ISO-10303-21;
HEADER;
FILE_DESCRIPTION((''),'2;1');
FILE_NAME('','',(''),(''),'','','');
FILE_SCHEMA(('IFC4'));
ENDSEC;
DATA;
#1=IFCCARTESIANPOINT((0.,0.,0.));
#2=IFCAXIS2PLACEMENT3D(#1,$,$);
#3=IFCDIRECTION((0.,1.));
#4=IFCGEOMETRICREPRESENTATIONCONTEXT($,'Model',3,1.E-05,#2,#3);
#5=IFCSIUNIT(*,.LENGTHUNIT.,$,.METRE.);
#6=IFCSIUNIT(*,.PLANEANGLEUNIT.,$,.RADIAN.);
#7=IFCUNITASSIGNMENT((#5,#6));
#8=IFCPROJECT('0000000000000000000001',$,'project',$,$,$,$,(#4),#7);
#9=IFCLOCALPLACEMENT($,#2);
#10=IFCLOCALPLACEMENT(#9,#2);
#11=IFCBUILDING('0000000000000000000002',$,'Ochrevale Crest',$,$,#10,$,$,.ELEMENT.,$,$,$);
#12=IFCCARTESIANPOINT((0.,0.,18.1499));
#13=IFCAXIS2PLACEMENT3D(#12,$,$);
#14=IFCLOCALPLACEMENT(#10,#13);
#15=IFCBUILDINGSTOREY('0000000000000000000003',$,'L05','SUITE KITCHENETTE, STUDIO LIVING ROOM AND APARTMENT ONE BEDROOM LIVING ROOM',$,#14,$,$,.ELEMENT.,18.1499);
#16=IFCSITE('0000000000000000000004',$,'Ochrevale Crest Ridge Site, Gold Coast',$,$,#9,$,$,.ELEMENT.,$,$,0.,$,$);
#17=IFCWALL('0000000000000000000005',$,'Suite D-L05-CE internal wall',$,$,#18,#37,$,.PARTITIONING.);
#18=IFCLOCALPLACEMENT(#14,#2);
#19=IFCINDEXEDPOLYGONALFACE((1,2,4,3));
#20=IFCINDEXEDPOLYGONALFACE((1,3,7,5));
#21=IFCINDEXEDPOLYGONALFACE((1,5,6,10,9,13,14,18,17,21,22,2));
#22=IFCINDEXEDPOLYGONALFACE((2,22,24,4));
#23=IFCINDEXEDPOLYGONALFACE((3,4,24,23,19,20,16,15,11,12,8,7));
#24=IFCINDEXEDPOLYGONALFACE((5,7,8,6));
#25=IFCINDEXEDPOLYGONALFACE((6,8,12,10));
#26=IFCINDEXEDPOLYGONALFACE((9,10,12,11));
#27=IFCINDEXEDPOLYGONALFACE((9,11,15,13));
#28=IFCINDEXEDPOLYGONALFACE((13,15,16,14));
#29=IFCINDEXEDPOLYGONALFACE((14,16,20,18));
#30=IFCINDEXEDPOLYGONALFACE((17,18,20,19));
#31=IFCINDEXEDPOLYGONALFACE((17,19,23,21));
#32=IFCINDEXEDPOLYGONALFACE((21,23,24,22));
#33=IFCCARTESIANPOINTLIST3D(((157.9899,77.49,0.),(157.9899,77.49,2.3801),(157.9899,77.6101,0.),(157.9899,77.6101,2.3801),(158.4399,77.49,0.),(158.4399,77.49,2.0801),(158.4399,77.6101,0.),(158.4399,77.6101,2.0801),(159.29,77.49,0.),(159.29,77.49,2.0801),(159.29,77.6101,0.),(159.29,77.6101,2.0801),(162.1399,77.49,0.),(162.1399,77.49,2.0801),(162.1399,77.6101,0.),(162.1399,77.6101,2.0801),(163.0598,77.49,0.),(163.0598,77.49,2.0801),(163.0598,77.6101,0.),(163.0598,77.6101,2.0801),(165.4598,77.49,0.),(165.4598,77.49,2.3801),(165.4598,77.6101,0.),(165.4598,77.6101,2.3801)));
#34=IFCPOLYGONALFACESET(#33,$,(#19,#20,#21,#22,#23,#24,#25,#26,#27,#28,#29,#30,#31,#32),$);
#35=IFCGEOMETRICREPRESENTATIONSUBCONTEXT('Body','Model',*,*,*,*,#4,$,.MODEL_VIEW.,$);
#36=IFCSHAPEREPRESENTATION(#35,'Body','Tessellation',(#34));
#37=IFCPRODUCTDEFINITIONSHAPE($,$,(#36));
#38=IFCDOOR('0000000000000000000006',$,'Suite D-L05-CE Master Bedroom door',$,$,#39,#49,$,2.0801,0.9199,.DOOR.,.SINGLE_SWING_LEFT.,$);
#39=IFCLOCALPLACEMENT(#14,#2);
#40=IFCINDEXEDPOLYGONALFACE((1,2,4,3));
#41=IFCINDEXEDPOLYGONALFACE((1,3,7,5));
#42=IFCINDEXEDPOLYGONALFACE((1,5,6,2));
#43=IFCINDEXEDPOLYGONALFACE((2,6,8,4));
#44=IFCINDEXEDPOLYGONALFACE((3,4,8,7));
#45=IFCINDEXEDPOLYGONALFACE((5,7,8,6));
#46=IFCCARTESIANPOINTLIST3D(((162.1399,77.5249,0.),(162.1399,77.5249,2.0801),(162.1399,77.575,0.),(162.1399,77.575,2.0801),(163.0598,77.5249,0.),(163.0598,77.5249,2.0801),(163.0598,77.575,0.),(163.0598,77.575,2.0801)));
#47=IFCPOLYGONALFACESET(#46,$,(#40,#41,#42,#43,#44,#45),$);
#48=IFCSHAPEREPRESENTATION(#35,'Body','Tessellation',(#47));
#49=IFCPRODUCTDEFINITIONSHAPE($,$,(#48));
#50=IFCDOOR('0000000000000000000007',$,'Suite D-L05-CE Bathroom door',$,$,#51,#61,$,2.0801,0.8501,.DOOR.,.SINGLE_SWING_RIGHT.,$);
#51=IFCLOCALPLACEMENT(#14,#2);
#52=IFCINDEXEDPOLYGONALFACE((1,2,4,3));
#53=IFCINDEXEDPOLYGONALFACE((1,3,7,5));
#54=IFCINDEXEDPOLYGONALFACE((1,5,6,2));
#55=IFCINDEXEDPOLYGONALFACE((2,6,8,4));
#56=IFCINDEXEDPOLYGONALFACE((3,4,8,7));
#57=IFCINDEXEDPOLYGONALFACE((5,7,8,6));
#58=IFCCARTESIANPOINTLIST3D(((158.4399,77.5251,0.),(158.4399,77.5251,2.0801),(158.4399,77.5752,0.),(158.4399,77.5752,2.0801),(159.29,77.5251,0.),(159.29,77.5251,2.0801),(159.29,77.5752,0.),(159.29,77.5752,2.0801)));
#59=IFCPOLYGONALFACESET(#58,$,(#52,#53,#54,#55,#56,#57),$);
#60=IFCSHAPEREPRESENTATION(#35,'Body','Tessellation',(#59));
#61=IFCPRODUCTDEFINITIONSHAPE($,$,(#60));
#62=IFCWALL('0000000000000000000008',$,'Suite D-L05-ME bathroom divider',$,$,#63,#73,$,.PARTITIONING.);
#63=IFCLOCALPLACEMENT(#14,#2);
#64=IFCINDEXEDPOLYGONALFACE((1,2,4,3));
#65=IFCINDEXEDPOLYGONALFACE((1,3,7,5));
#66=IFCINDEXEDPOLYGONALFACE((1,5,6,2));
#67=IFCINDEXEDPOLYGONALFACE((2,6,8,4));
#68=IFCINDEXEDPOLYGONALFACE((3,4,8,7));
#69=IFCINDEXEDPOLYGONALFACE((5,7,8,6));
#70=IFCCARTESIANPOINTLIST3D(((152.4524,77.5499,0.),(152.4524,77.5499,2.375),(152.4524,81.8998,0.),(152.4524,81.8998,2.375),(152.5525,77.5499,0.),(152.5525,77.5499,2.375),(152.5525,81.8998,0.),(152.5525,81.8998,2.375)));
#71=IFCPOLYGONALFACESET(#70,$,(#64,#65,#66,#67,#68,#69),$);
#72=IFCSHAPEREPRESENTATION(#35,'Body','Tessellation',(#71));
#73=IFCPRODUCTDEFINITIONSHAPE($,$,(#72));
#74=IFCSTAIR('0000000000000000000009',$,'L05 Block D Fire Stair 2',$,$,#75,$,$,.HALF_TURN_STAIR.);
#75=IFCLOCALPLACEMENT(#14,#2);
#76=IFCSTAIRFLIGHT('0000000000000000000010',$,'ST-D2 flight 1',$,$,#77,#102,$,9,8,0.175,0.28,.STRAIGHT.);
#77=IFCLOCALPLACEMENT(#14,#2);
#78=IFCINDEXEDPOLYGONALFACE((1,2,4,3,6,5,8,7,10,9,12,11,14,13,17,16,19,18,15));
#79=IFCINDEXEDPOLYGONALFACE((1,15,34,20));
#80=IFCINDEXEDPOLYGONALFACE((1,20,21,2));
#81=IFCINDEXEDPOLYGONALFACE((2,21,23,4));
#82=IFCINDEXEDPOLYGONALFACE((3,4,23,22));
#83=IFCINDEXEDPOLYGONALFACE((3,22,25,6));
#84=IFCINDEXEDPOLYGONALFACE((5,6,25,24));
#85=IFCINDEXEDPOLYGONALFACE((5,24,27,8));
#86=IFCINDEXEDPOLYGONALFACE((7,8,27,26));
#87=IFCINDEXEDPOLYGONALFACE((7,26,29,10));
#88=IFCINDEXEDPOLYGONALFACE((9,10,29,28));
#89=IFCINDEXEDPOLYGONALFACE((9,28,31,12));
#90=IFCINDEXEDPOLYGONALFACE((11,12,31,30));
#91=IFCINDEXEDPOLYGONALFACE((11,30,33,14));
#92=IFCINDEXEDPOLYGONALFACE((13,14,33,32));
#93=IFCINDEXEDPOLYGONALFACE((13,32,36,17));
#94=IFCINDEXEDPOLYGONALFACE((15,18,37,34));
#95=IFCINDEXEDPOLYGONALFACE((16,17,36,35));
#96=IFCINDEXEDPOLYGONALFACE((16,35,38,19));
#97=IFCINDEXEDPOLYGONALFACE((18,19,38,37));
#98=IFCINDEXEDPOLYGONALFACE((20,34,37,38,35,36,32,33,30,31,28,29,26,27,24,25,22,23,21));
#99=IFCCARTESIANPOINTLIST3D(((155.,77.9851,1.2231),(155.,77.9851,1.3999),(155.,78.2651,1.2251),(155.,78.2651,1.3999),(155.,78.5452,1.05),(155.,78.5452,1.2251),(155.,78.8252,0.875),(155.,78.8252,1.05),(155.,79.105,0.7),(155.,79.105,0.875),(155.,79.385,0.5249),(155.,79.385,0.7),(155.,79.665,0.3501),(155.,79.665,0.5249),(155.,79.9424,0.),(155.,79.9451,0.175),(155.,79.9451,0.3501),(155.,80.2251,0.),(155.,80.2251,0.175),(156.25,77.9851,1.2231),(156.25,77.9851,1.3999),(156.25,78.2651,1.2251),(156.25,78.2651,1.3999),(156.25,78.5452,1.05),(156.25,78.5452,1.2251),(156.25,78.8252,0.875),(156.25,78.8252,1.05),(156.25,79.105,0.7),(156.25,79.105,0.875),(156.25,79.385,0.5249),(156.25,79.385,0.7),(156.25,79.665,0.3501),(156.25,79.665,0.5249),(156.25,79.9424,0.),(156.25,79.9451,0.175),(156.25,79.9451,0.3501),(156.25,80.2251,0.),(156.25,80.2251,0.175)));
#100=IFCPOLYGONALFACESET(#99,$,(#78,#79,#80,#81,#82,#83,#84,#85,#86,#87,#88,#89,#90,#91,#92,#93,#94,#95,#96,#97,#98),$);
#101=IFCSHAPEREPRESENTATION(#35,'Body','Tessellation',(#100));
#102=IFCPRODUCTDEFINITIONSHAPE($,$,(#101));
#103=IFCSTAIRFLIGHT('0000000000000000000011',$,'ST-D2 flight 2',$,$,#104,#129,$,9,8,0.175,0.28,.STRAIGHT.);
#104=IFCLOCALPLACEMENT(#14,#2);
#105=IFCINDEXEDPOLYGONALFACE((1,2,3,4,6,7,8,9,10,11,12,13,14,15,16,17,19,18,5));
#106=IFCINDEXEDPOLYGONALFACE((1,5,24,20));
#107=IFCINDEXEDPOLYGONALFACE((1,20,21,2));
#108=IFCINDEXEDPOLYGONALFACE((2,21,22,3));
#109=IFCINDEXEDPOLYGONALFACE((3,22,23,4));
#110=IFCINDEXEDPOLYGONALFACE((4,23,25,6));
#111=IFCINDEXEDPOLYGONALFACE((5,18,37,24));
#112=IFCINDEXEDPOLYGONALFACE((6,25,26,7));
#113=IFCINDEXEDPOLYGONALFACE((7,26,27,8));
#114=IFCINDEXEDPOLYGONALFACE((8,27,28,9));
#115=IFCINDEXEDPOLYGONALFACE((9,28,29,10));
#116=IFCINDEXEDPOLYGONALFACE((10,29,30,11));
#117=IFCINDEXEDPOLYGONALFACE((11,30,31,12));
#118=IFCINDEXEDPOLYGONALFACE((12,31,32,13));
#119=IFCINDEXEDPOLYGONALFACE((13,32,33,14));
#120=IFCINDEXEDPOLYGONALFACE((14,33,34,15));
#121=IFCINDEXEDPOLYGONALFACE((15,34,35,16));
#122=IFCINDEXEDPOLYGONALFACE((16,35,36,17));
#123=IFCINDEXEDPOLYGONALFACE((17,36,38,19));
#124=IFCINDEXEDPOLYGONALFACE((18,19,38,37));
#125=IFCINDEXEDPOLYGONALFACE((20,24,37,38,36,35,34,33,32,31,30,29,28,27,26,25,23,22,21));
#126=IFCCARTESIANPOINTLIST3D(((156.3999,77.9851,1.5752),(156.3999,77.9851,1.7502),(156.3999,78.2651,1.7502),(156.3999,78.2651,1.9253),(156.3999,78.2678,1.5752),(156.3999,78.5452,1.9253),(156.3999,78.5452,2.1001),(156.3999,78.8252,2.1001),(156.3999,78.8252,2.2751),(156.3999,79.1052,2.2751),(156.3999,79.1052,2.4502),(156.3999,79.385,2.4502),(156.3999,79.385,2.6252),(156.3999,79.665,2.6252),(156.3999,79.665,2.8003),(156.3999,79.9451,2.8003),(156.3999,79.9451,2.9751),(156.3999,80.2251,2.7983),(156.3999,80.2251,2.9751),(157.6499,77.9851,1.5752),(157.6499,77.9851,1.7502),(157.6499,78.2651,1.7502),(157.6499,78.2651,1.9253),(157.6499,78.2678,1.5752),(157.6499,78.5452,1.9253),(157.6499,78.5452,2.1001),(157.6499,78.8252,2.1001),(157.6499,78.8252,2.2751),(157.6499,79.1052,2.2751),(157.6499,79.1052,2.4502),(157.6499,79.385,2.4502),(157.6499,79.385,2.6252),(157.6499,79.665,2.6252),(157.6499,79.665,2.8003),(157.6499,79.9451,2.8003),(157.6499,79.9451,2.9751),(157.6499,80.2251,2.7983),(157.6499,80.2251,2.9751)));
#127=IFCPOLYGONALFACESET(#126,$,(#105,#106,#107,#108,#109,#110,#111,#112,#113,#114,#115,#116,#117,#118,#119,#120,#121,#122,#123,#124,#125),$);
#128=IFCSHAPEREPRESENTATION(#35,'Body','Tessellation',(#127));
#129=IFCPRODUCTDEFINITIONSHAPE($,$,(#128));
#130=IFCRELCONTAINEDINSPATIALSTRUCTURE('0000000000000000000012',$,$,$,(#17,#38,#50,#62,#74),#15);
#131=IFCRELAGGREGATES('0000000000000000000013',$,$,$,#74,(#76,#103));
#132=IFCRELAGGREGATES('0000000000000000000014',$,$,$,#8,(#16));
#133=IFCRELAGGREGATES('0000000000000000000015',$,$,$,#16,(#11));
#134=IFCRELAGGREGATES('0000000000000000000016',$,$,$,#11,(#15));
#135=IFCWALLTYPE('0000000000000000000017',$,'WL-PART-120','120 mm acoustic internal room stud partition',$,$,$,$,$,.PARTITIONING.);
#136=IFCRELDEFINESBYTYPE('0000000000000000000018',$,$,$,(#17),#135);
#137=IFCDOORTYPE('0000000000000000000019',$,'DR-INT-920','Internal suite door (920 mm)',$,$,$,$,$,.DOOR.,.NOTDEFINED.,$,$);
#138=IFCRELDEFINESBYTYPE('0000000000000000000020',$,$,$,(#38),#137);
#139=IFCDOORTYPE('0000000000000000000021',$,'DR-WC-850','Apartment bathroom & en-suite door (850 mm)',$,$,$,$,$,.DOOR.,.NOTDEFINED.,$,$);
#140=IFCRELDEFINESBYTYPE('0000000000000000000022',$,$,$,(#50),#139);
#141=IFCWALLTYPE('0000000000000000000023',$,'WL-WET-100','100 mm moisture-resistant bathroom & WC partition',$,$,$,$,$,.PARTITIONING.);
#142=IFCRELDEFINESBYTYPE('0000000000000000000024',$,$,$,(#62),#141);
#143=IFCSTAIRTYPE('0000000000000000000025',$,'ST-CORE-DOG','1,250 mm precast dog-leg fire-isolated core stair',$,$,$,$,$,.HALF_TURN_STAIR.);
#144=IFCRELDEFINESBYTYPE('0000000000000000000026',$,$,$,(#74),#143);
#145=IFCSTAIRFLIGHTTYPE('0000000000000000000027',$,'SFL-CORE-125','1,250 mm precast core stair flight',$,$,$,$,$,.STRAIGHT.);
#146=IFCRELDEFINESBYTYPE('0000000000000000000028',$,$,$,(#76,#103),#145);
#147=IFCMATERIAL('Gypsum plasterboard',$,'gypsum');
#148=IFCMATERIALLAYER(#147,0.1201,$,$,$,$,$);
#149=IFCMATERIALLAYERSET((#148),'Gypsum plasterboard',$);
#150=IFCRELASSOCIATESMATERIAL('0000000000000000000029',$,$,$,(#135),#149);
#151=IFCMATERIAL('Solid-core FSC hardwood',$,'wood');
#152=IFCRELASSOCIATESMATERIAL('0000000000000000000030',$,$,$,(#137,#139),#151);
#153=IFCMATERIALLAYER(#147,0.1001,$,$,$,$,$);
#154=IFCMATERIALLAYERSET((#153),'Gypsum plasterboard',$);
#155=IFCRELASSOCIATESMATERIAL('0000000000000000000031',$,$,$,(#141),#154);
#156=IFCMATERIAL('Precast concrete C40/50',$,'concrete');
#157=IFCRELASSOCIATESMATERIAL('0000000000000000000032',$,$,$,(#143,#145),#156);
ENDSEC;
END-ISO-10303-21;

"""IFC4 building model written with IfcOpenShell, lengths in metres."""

from ifc_helpers import new_model, si_unit, direction, frame, frame_2d, origin, place, context, subcontext, project, spatial, polyline, rectangle, outline, extrude, material, layer, layer_set, type_object, element, fill, aggregate, save


model = new_model("IFC4")

# Units and contexts
model_context = context("Model", 3, precision=1e-05, world=origin(), true_north=direction((0.0, 1.0)))
body_context = subcontext(model_context, "Body", "Model", "MODEL_VIEW")
ifc_project = project(units=[si_unit("LENGTHUNIT", "METRE"), si_unit("PLANEANGLEUNIT", "RADIAN")], contexts=[model_context])

# Site, building, storey
site_placement = place(None, origin())
site = spatial("IfcSite", under=ifc_project, at=site_placement, Name="Ochrevale Crest Ridge Site, Gold Coast", CompositionType="ELEMENT", RefElevation=0.0)
building_placement = place(site_placement, origin())
building = spatial("IfcBuilding", under=site, at=building_placement, Name="Ochrevale Crest", CompositionType="ELEMENT")
storey_placement = place(building_placement, frame((0.0, 0.0, 18.1499)))
storey = spatial("IfcBuildingStorey", under=building, at=storey_placement, Name="L05", Description="SUITE KITCHENETTE, STUDIO LIVING ROOM AND APARTMENT ONE BEDROOM LIVING ROOM", CompositionType="ELEMENT", Elevation=18.1499)

# Shared definitions
ifc_material_1 = material(Name="Precast concrete C40/50", Category="concrete")

# Wall, openings, doors
ifc_material_2 = material(Name="Gypsum plasterboard", Category="gypsum")
ifc_layer_1 = layer(ifc_material_2, 0.1201)
ifc_layer_set_1 = layer_set([ifc_layer_1], Name="Gypsum plasterboard")
wall_type_1 = type_object("IfcWallType", Name="WL-PART-120", Description="120 mm acoustic internal room stud partition", PredefinedType="PARTITIONING", material=ifc_layer_set_1)
wall_1_placement = place(storey_placement, frame((157.99, 77.55, 0.0), z_axis=(0.0, 0.0, 1.0), x_axis=(1.0, 0.0, 0.0)))
wall_1 = element("IfcWall", 1, at=wall_1_placement, inside=storey, type_object=wall_type_1, Name="Suite D-L05-CE internal wall", PredefinedType="PARTITIONING", context=body_context, shape_type="SweptSolid", body=[
    extrude(rectangle(XDim=7.47, YDim=0.1201, at=frame_2d((3.7349, 0.0))), origin(), (0.0, 0.0, 1.0), 2.3801),
])
opening_1_placement = place(wall_1_placement, frame((1.3, 0.0, 0.0), z_axis=(0.0, 0.0, 1.0), x_axis=(-1.0, 0.0, 0.0)))
opening_1 = element("IfcOpeningElement", 2, at=opening_1_placement, cuts=wall_1, PredefinedType="OPENING", context=body_context, shape_type="SweptSolid", body=[
    extrude(rectangle(XDim=0.8501, YDim=2.0801, at=frame_2d((0.425, 1.04))), frame((0.0, 0.0701, 0.0), z_axis=(0.0, -1.0, 0.0), x_axis=(1.0, 0.0, 0.0)), (0.0, 0.0, 1.0), 0.1401),
])
opening_2_placement = place(wall_1_placement, frame((4.1499, 0.0, 0.0)))
opening_2 = element("IfcOpeningElement", 3, at=opening_2_placement, cuts=wall_1, PredefinedType="OPENING", context=body_context, shape_type="SweptSolid", body=[
    extrude(rectangle(XDim=0.9199, YDim=2.0801, at=frame_2d((0.46, 1.04))), frame((0.0, 0.0701, 0.0), z_axis=(0.0, -1.0, 0.0), x_axis=(1.0, 0.0, 0.0)), (0.0, 0.0, 1.0), 0.1401),
])
ifc_material_3 = material(Name="Solid-core FSC hardwood", Category="wood")
door_type_1 = type_object("IfcDoorType", Name="DR-INT-920", Description="Internal suite door (920 mm)", OperationType="NOTDEFINED", PredefinedType="DOOR", material=ifc_material_3)
door_1_placement = place(opening_2_placement, origin())
door_1 = element("IfcDoor", 4, at=door_1_placement, inside=storey, type_object=door_type_1, Name="Suite D-L05-CE Master Bedroom door", OperationType="SINGLE_SWING_LEFT", OverallHeight=2.0801, OverallWidth=0.9199, PredefinedType="DOOR", context=body_context, shape_type="SweptSolid", body=[
    extrude(rectangle(XDim=0.9199, YDim=2.0801, at=frame_2d((0.46, 1.04))), frame((0.0, 0.0249, 0.0), z_axis=(0.0, -1.0, 0.0), x_axis=(1.0, 0.0, 0.0)), (0.0, 0.0, 1.0), 0.05),
])
fill(opening_2, door_1)
door_type_2 = type_object("IfcDoorType", Name="DR-WC-850", Description="Apartment bathroom & en-suite door (850 mm)", OperationType="NOTDEFINED", PredefinedType="DOOR", material=ifc_material_3)
door_2_placement = place(opening_1_placement, origin())
door_2 = element("IfcDoor", 5, at=door_2_placement, inside=storey, type_object=door_type_2, Name="Suite D-L05-CE Bathroom door", OperationType="SINGLE_SWING_RIGHT", OverallHeight=2.0801, OverallWidth=0.8501, PredefinedType="DOOR", context=body_context, shape_type="SweptSolid", body=[
    extrude(rectangle(XDim=0.8501, YDim=2.0801, at=frame_2d((0.425, 1.04))), frame((0.0, 0.0249, 0.0), z_axis=(0.0, -1.0, 0.0), x_axis=(1.0, 0.0, 0.0)), (0.0, 0.0, 1.0), 0.05),
])
fill(opening_1, door_2)

# Wall
ifc_layer_2 = layer(ifc_material_2, 0.1001)
ifc_layer_set_2 = layer_set([ifc_layer_2], Name="Gypsum plasterboard")
wall_type_2 = type_object("IfcWallType", Name="WL-WET-100", Description="100 mm moisture-resistant bathroom & WC partition", PredefinedType="PARTITIONING", material=ifc_layer_set_2)
wall_2_placement = place(storey_placement, frame((152.5024, 77.55, 0.0), z_axis=(0.0, 0.0, 1.0), x_axis=(0.0, 1.0, 0.0)))
element("IfcWall", 6, at=wall_2_placement, inside=storey, type_object=wall_type_2, Name="Suite D-L05-ME bathroom divider", PredefinedType="PARTITIONING", context=body_context, shape_type="SweptSolid", body=[
    extrude(rectangle(XDim=4.3499, YDim=0.1001, at=frame_2d((2.1748, 0.0))), origin(), (0.0, 0.0, 1.0), 2.375),
])

# Stair, stair flights
stair_type = type_object("IfcStairType", Name="ST-CORE-DOG", Description="1,250 mm precast dog-leg fire-isolated core stair", PredefinedType="HALF_TURN_STAIR", material=ifc_material_1)
stair_placement = place(storey_placement, origin())
stair = element("IfcStair", 7, at=stair_placement, inside=storey, type_object=stair_type, Name="L05 Block D Fire Stair 2", PredefinedType="HALF_TURN_STAIR")
stair_flight_type = type_object("IfcStairFlightType", Name="SFL-CORE-125", Description="1,250 mm precast core stair flight", PredefinedType="STRAIGHT", material=ifc_material_1)
stair_flight_1_placement = place(storey_placement, frame((155.625, 80.2251, 0.0), z_axis=(0.0, 0.0, 1.0), x_axis=(0.0, -1.0, 0.0)))
stair_flight_1 = element("IfcStairFlight", 8, at=stair_flight_1_placement, type_object=stair_flight_type, Name="ST-D2 flight 1", NumberOfRisers=9, NumberOfTreads=8, PredefinedType="STRAIGHT", RiserHeight=0.175, TreadLength=0.28, context=body_context, shape_type="SweptSolid", body=[
    extrude(outline(polyline([(0.0, 0.0), (0.0, 0.175), (0.28, 0.175), (0.28, 0.3501), (0.5601, 0.3501), (0.5601, 0.5249), (0.8401, 0.5249), (0.8401, 0.7), (1.1201, 0.7), (1.1201, 0.875), (1.3999, 0.875), (1.3999, 1.05), (1.6799, 1.05), (1.6799, 1.2251), (1.96, 1.2251), (1.96, 1.3999), (2.24, 1.3999), (2.24, 1.575), (2.24, 1.2231), (0.2827, 0.0), (0.0, 0.0)])), frame((0.0, 0.625, 0.0), z_axis=(0.0, -1.0, 0.0), x_axis=(1.0, 0.0, 0.0)), (0.0, 0.0, 1.0), 1.25),
])
stair_flight_2_placement = place(storey_placement, frame((157.0249, 77.9851, 1.5752), z_axis=(0.0, 0.0, 1.0), x_axis=(0.0, 1.0, 0.0)))
stair_flight_2 = element("IfcStairFlight", 9, at=stair_flight_2_placement, type_object=stair_flight_type, Name="ST-D2 flight 2", NumberOfRisers=9, NumberOfTreads=8, PredefinedType="STRAIGHT", RiserHeight=0.175, TreadLength=0.28, context=body_context, shape_type="SweptSolid", body=[
    extrude(outline(polyline([(0.0, 0.0), (0.0, 0.175), (0.28, 0.175), (0.28, 0.3501), (0.5601, 0.3501), (0.5601, 0.5249), (0.8401, 0.5249), (0.8401, 0.7), (1.1201, 0.7), (1.1201, 0.875), (1.3999, 0.875), (1.3999, 1.05), (1.6799, 1.05), (1.6799, 1.2251), (1.96, 1.2251), (1.96, 1.3999), (2.24, 1.3999), (2.24, 1.575), (2.24, 1.2231), (0.2827, 0.0), (0.0, 0.0)])), frame((0.0, 0.625, 0.0), z_axis=(0.0, -1.0, 0.0), x_axis=(1.0, 0.0, 0.0)), (0.0, 0.0, 1.0), 1.25),
])
aggregate(stair, [stair_flight_1, stair_flight_2])

save(model, "model.ifc")
